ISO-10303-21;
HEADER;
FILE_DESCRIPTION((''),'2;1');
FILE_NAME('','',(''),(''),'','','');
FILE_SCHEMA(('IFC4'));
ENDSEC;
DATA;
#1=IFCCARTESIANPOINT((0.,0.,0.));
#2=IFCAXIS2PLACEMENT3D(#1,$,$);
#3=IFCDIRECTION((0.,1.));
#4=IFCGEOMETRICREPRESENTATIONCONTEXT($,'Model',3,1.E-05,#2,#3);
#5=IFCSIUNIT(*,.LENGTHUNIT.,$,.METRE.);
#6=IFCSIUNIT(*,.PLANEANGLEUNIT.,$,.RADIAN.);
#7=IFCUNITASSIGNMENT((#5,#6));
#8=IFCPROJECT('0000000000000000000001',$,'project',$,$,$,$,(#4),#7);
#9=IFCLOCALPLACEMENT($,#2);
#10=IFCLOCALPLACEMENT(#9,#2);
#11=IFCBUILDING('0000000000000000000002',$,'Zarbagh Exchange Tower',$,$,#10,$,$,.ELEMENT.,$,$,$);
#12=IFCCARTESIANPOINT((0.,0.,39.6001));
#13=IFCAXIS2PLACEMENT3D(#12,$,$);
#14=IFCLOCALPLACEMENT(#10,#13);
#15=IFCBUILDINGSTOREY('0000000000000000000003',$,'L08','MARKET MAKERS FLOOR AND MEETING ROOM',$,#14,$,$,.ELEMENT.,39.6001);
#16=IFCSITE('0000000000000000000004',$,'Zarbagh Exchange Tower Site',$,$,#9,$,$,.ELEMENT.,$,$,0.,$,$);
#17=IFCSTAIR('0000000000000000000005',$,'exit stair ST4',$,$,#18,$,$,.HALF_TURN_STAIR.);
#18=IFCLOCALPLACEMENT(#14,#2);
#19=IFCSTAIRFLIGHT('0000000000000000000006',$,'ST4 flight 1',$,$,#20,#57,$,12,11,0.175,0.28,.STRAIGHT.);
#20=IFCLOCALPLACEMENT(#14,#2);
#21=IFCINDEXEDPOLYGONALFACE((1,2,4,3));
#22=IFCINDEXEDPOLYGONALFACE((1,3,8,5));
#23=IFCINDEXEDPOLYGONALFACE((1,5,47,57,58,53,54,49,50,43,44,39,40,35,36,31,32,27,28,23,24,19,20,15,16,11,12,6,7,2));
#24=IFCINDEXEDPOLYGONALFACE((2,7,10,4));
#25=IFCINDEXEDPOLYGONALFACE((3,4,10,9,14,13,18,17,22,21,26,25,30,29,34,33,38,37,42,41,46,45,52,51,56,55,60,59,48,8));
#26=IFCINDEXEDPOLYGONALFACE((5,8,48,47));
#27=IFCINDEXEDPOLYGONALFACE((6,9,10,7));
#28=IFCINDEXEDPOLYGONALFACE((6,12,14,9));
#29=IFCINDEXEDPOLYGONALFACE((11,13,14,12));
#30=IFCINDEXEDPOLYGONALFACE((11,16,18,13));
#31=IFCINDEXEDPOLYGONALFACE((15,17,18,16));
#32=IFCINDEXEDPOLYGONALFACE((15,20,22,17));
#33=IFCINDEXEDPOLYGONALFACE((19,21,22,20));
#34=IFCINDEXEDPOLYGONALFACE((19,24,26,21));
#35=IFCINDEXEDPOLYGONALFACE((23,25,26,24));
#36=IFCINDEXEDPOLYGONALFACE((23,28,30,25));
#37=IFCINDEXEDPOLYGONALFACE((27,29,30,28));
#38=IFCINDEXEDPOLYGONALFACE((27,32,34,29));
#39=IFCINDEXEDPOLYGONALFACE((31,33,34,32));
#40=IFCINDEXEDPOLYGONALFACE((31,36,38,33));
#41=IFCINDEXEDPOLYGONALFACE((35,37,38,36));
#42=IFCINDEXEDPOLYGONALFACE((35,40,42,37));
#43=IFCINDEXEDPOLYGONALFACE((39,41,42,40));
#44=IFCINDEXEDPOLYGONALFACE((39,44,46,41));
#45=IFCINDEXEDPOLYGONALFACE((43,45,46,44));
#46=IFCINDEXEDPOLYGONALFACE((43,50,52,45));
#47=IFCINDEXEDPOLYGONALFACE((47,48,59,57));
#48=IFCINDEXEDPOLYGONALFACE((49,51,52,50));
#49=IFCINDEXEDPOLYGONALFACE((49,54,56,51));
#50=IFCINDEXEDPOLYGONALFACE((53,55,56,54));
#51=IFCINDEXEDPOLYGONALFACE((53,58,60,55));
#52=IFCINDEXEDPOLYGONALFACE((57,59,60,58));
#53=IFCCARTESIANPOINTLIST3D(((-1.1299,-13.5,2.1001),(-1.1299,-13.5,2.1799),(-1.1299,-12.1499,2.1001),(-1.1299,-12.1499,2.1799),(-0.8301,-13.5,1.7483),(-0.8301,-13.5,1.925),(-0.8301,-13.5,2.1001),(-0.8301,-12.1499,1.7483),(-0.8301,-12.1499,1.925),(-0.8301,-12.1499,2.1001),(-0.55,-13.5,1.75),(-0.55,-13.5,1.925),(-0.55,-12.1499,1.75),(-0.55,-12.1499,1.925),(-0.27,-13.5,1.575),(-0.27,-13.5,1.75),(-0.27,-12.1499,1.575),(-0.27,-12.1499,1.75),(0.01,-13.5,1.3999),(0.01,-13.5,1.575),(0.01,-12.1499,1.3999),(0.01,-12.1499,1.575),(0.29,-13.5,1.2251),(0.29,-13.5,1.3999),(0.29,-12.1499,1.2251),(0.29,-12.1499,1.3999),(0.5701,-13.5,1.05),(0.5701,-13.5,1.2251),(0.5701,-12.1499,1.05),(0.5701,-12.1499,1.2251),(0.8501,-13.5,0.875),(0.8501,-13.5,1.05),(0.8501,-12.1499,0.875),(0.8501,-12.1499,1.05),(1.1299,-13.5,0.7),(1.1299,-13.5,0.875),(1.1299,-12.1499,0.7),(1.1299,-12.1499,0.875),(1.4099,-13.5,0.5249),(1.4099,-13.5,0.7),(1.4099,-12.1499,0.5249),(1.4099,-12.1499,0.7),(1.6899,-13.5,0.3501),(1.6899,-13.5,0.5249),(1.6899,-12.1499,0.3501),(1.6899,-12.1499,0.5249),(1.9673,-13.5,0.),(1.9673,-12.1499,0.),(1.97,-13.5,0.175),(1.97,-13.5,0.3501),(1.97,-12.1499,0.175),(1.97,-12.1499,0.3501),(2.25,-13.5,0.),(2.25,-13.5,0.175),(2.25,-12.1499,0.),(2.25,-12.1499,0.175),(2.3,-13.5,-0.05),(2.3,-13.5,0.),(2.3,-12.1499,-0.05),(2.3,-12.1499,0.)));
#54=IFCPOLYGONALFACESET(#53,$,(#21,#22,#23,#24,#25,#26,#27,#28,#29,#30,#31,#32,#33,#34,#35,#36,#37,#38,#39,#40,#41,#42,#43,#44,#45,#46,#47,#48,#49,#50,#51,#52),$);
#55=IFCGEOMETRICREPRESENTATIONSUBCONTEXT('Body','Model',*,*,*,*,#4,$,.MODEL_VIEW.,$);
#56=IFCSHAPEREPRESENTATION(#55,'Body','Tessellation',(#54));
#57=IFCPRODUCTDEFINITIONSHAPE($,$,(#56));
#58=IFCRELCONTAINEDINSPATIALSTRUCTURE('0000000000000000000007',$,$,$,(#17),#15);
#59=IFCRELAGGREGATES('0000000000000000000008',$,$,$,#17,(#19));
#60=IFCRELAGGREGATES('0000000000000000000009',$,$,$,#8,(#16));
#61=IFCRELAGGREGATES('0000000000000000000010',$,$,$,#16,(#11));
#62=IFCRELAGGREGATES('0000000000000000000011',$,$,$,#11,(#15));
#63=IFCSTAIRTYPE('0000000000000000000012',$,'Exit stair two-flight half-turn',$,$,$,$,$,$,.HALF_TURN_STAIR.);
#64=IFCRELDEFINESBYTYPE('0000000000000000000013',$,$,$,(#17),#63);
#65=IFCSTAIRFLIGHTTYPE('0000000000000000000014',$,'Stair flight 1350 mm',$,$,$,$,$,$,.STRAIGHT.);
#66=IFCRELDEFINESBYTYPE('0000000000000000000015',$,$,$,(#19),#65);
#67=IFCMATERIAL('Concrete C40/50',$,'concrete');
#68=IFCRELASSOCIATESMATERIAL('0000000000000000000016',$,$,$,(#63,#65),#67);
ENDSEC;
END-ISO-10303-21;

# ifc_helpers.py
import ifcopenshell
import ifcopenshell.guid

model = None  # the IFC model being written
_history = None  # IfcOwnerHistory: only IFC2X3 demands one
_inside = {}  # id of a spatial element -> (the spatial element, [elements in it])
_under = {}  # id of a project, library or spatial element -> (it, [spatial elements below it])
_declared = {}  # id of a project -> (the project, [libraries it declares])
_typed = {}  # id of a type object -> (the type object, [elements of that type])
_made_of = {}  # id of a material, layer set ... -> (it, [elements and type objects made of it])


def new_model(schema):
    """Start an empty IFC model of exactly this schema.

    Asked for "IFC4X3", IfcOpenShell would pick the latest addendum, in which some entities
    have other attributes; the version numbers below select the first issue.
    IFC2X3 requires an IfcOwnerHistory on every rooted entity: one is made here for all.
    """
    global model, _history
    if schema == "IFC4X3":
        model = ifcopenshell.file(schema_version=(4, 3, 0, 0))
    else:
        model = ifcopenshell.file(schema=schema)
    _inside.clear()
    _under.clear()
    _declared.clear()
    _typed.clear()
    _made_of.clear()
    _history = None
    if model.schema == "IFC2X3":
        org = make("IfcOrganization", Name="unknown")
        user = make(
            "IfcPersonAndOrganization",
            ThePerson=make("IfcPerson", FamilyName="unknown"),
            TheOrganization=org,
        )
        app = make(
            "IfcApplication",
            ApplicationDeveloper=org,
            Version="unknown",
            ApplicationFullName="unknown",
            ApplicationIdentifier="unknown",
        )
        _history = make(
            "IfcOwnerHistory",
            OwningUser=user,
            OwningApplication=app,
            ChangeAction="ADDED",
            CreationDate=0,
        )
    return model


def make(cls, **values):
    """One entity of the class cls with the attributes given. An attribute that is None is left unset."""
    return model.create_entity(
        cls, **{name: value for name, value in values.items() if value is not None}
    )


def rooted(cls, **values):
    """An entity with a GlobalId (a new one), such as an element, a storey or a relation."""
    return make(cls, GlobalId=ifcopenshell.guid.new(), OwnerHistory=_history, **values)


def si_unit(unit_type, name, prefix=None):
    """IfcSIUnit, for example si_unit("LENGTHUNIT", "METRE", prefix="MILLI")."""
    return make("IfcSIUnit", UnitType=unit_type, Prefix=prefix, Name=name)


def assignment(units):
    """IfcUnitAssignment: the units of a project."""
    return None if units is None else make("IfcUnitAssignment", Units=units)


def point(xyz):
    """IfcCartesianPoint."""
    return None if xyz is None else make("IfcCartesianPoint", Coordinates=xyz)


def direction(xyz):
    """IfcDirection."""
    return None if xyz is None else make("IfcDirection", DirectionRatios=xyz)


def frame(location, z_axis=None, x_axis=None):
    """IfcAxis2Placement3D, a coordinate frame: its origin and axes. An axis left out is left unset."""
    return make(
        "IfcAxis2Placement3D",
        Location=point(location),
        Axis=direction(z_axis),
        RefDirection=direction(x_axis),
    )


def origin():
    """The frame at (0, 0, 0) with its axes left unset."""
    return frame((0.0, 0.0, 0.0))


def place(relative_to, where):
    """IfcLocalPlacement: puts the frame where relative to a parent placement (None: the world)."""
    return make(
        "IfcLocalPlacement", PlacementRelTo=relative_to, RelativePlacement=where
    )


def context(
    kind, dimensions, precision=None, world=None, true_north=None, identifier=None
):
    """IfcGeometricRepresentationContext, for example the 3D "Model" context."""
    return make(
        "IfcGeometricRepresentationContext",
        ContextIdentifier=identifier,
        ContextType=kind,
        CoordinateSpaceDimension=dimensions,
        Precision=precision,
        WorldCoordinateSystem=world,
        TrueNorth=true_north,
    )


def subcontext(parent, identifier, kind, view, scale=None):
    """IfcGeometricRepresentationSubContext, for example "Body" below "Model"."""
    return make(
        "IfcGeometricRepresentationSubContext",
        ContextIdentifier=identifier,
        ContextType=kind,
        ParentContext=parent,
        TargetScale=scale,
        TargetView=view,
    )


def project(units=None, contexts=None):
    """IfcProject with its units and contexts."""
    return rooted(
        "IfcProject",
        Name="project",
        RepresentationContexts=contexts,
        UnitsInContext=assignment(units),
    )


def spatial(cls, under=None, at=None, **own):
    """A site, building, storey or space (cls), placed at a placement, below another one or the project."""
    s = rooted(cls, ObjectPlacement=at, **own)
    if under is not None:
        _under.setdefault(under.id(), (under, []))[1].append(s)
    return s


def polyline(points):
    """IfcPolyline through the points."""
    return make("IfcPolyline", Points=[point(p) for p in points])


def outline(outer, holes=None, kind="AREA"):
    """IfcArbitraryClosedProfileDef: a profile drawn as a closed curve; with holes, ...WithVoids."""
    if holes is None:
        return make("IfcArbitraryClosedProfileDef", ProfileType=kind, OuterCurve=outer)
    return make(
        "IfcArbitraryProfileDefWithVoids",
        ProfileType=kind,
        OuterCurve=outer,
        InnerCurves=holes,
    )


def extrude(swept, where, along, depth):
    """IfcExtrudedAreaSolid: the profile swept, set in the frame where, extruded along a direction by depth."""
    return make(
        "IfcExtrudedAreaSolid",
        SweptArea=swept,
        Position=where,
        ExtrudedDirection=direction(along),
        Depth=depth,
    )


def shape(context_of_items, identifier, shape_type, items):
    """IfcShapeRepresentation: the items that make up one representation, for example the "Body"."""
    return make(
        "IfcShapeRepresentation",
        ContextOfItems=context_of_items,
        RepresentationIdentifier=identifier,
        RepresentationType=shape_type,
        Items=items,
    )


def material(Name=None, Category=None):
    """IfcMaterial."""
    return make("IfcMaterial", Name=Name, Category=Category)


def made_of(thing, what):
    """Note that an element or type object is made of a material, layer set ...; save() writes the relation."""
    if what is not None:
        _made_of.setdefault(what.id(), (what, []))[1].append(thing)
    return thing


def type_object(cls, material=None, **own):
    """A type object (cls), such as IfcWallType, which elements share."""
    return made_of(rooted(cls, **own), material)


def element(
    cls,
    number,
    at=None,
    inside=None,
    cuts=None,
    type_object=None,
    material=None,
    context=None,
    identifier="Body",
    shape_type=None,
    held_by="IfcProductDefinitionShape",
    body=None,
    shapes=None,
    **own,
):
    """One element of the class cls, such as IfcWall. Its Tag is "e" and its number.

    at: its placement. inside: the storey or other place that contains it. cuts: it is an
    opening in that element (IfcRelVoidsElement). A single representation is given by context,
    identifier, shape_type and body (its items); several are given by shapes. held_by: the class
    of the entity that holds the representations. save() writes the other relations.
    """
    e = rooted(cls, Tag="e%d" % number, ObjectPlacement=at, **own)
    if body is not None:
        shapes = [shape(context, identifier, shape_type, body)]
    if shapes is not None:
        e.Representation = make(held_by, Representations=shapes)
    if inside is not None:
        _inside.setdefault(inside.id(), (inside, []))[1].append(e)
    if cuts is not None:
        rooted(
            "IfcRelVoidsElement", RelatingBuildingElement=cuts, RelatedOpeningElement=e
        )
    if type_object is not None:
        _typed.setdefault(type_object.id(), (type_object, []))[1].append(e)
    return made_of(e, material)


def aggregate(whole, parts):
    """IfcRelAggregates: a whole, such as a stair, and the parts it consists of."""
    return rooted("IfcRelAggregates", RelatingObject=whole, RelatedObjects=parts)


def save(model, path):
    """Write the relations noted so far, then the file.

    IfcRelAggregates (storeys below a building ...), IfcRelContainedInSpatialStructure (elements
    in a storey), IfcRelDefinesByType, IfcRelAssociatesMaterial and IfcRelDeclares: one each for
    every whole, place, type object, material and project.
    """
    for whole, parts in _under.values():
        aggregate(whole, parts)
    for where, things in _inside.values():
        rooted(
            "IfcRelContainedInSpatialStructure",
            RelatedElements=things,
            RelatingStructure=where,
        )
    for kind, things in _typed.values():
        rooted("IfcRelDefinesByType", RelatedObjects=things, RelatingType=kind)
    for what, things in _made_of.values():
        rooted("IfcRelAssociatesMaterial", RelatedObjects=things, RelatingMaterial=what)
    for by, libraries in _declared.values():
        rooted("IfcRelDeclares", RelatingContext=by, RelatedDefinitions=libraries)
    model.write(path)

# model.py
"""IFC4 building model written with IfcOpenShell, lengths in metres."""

from ifc_helpers import new_model, si_unit, direction, frame, origin, place, context, subcontext, project, spatial, polyline, outline, extrude, material, type_object, element, aggregate, save


model = new_model("IFC4")

# Units and contexts
model_context = context("Model", 3, precision=1e-05, world=origin(), true_north=direction((0.0, 1.0)))
body_context = subcontext(model_context, "Body", "Model", "MODEL_VIEW")
ifc_project = project(units=[si_unit("LENGTHUNIT", "METRE"), si_unit("PLANEANGLEUNIT", "RADIAN")], contexts=[model_context])

# Site, building, storey
site_placement = place(None, origin())
site = spatial("IfcSite", under=ifc_project, at=site_placement, Name="Zarbagh Exchange Tower Site", CompositionType="ELEMENT", RefElevation=0.0)
building_placement = place(site_placement, origin())
building = spatial("IfcBuilding", under=site, at=building_placement, Name="Zarbagh Exchange Tower", CompositionType="ELEMENT")
storey_placement = place(building_placement, frame((0.0, 0.0, 39.6001)))
storey = spatial("IfcBuildingStorey", under=building, at=storey_placement, Name="L08", Description="MARKET MAKERS FLOOR AND MEETING ROOM", CompositionType="ELEMENT", Elevation=39.6001)

# Stair, stair flight
ifc_material_1 = material(Name="Concrete C40/50", Category="concrete")
stair_type = type_object("IfcStairType", Name="Exit stair two-flight half-turn", PredefinedType="HALF_TURN_STAIR", material=ifc_material_1)
stair_flight_type = type_object("IfcStairFlightType", Name="Stair flight 1350 mm", PredefinedType="STRAIGHT", material=ifc_material_1)
stair_1_placement = place(storey_placement, origin())
stair_1 = element("IfcStair", 1, at=stair_1_placement, inside=storey, type_object=stair_type, Name="exit stair ST4", PredefinedType="HALF_TURN_STAIR")
stair_flight_1_placement = place(storey_placement, frame((2.25, -12.825, 0.0), z_axis=(0.0, 0.0, 1.0), x_axis=(-1.0, 0.0, 0.0)))
stair_flight_1 = element("IfcStairFlight", 2, at=stair_flight_1_placement, type_object=stair_flight_type, Name="ST4 flight 1", NumberOfRisers=12, NumberOfTreads=11, PredefinedType="STRAIGHT", RiserHeight=0.175, TreadLength=0.28, context=body_context, shape_type="SweptSolid", body=[
    extrude(outline(polyline([(-0.05, -0.05), (-0.05, 0.0), (0.0, 0.0), (0.0, 0.175), (0.28, 0.175), (0.28, 0.3501), (0.5601, 0.3501), (0.5601, 0.5249), (0.8401, 0.5249), (0.8401, 0.7), (1.1201, 0.7), (1.1201, 0.875), (1.3999, 0.875), (1.3999, 1.05), (1.6799, 1.05), (1.6799, 1.2251), (1.96, 1.2251), (1.96, 1.3999), (2.24, 1.3999), (2.24, 1.575), (2.52, 1.575), (2.52, 1.75), (2.8, 1.75), (2.8, 1.925), (3.0801, 1.925), (3.0801, 2.1001), (3.3799, 2.1799), (3.3799, 2.1001), (3.0801, 1.7483), (0.2827, 0.0), (-0.05, -0.05)])), frame((0.0, 0.675, 0.0), z_axis=(0.0, -1.0, 0.0), x_axis=(1.0, 0.0, 0.0)), (0.0, 0.0, 1.0), 1.3501),
])
aggregate(stair_1, [stair_flight_1])

save(model, "model.ifc")
